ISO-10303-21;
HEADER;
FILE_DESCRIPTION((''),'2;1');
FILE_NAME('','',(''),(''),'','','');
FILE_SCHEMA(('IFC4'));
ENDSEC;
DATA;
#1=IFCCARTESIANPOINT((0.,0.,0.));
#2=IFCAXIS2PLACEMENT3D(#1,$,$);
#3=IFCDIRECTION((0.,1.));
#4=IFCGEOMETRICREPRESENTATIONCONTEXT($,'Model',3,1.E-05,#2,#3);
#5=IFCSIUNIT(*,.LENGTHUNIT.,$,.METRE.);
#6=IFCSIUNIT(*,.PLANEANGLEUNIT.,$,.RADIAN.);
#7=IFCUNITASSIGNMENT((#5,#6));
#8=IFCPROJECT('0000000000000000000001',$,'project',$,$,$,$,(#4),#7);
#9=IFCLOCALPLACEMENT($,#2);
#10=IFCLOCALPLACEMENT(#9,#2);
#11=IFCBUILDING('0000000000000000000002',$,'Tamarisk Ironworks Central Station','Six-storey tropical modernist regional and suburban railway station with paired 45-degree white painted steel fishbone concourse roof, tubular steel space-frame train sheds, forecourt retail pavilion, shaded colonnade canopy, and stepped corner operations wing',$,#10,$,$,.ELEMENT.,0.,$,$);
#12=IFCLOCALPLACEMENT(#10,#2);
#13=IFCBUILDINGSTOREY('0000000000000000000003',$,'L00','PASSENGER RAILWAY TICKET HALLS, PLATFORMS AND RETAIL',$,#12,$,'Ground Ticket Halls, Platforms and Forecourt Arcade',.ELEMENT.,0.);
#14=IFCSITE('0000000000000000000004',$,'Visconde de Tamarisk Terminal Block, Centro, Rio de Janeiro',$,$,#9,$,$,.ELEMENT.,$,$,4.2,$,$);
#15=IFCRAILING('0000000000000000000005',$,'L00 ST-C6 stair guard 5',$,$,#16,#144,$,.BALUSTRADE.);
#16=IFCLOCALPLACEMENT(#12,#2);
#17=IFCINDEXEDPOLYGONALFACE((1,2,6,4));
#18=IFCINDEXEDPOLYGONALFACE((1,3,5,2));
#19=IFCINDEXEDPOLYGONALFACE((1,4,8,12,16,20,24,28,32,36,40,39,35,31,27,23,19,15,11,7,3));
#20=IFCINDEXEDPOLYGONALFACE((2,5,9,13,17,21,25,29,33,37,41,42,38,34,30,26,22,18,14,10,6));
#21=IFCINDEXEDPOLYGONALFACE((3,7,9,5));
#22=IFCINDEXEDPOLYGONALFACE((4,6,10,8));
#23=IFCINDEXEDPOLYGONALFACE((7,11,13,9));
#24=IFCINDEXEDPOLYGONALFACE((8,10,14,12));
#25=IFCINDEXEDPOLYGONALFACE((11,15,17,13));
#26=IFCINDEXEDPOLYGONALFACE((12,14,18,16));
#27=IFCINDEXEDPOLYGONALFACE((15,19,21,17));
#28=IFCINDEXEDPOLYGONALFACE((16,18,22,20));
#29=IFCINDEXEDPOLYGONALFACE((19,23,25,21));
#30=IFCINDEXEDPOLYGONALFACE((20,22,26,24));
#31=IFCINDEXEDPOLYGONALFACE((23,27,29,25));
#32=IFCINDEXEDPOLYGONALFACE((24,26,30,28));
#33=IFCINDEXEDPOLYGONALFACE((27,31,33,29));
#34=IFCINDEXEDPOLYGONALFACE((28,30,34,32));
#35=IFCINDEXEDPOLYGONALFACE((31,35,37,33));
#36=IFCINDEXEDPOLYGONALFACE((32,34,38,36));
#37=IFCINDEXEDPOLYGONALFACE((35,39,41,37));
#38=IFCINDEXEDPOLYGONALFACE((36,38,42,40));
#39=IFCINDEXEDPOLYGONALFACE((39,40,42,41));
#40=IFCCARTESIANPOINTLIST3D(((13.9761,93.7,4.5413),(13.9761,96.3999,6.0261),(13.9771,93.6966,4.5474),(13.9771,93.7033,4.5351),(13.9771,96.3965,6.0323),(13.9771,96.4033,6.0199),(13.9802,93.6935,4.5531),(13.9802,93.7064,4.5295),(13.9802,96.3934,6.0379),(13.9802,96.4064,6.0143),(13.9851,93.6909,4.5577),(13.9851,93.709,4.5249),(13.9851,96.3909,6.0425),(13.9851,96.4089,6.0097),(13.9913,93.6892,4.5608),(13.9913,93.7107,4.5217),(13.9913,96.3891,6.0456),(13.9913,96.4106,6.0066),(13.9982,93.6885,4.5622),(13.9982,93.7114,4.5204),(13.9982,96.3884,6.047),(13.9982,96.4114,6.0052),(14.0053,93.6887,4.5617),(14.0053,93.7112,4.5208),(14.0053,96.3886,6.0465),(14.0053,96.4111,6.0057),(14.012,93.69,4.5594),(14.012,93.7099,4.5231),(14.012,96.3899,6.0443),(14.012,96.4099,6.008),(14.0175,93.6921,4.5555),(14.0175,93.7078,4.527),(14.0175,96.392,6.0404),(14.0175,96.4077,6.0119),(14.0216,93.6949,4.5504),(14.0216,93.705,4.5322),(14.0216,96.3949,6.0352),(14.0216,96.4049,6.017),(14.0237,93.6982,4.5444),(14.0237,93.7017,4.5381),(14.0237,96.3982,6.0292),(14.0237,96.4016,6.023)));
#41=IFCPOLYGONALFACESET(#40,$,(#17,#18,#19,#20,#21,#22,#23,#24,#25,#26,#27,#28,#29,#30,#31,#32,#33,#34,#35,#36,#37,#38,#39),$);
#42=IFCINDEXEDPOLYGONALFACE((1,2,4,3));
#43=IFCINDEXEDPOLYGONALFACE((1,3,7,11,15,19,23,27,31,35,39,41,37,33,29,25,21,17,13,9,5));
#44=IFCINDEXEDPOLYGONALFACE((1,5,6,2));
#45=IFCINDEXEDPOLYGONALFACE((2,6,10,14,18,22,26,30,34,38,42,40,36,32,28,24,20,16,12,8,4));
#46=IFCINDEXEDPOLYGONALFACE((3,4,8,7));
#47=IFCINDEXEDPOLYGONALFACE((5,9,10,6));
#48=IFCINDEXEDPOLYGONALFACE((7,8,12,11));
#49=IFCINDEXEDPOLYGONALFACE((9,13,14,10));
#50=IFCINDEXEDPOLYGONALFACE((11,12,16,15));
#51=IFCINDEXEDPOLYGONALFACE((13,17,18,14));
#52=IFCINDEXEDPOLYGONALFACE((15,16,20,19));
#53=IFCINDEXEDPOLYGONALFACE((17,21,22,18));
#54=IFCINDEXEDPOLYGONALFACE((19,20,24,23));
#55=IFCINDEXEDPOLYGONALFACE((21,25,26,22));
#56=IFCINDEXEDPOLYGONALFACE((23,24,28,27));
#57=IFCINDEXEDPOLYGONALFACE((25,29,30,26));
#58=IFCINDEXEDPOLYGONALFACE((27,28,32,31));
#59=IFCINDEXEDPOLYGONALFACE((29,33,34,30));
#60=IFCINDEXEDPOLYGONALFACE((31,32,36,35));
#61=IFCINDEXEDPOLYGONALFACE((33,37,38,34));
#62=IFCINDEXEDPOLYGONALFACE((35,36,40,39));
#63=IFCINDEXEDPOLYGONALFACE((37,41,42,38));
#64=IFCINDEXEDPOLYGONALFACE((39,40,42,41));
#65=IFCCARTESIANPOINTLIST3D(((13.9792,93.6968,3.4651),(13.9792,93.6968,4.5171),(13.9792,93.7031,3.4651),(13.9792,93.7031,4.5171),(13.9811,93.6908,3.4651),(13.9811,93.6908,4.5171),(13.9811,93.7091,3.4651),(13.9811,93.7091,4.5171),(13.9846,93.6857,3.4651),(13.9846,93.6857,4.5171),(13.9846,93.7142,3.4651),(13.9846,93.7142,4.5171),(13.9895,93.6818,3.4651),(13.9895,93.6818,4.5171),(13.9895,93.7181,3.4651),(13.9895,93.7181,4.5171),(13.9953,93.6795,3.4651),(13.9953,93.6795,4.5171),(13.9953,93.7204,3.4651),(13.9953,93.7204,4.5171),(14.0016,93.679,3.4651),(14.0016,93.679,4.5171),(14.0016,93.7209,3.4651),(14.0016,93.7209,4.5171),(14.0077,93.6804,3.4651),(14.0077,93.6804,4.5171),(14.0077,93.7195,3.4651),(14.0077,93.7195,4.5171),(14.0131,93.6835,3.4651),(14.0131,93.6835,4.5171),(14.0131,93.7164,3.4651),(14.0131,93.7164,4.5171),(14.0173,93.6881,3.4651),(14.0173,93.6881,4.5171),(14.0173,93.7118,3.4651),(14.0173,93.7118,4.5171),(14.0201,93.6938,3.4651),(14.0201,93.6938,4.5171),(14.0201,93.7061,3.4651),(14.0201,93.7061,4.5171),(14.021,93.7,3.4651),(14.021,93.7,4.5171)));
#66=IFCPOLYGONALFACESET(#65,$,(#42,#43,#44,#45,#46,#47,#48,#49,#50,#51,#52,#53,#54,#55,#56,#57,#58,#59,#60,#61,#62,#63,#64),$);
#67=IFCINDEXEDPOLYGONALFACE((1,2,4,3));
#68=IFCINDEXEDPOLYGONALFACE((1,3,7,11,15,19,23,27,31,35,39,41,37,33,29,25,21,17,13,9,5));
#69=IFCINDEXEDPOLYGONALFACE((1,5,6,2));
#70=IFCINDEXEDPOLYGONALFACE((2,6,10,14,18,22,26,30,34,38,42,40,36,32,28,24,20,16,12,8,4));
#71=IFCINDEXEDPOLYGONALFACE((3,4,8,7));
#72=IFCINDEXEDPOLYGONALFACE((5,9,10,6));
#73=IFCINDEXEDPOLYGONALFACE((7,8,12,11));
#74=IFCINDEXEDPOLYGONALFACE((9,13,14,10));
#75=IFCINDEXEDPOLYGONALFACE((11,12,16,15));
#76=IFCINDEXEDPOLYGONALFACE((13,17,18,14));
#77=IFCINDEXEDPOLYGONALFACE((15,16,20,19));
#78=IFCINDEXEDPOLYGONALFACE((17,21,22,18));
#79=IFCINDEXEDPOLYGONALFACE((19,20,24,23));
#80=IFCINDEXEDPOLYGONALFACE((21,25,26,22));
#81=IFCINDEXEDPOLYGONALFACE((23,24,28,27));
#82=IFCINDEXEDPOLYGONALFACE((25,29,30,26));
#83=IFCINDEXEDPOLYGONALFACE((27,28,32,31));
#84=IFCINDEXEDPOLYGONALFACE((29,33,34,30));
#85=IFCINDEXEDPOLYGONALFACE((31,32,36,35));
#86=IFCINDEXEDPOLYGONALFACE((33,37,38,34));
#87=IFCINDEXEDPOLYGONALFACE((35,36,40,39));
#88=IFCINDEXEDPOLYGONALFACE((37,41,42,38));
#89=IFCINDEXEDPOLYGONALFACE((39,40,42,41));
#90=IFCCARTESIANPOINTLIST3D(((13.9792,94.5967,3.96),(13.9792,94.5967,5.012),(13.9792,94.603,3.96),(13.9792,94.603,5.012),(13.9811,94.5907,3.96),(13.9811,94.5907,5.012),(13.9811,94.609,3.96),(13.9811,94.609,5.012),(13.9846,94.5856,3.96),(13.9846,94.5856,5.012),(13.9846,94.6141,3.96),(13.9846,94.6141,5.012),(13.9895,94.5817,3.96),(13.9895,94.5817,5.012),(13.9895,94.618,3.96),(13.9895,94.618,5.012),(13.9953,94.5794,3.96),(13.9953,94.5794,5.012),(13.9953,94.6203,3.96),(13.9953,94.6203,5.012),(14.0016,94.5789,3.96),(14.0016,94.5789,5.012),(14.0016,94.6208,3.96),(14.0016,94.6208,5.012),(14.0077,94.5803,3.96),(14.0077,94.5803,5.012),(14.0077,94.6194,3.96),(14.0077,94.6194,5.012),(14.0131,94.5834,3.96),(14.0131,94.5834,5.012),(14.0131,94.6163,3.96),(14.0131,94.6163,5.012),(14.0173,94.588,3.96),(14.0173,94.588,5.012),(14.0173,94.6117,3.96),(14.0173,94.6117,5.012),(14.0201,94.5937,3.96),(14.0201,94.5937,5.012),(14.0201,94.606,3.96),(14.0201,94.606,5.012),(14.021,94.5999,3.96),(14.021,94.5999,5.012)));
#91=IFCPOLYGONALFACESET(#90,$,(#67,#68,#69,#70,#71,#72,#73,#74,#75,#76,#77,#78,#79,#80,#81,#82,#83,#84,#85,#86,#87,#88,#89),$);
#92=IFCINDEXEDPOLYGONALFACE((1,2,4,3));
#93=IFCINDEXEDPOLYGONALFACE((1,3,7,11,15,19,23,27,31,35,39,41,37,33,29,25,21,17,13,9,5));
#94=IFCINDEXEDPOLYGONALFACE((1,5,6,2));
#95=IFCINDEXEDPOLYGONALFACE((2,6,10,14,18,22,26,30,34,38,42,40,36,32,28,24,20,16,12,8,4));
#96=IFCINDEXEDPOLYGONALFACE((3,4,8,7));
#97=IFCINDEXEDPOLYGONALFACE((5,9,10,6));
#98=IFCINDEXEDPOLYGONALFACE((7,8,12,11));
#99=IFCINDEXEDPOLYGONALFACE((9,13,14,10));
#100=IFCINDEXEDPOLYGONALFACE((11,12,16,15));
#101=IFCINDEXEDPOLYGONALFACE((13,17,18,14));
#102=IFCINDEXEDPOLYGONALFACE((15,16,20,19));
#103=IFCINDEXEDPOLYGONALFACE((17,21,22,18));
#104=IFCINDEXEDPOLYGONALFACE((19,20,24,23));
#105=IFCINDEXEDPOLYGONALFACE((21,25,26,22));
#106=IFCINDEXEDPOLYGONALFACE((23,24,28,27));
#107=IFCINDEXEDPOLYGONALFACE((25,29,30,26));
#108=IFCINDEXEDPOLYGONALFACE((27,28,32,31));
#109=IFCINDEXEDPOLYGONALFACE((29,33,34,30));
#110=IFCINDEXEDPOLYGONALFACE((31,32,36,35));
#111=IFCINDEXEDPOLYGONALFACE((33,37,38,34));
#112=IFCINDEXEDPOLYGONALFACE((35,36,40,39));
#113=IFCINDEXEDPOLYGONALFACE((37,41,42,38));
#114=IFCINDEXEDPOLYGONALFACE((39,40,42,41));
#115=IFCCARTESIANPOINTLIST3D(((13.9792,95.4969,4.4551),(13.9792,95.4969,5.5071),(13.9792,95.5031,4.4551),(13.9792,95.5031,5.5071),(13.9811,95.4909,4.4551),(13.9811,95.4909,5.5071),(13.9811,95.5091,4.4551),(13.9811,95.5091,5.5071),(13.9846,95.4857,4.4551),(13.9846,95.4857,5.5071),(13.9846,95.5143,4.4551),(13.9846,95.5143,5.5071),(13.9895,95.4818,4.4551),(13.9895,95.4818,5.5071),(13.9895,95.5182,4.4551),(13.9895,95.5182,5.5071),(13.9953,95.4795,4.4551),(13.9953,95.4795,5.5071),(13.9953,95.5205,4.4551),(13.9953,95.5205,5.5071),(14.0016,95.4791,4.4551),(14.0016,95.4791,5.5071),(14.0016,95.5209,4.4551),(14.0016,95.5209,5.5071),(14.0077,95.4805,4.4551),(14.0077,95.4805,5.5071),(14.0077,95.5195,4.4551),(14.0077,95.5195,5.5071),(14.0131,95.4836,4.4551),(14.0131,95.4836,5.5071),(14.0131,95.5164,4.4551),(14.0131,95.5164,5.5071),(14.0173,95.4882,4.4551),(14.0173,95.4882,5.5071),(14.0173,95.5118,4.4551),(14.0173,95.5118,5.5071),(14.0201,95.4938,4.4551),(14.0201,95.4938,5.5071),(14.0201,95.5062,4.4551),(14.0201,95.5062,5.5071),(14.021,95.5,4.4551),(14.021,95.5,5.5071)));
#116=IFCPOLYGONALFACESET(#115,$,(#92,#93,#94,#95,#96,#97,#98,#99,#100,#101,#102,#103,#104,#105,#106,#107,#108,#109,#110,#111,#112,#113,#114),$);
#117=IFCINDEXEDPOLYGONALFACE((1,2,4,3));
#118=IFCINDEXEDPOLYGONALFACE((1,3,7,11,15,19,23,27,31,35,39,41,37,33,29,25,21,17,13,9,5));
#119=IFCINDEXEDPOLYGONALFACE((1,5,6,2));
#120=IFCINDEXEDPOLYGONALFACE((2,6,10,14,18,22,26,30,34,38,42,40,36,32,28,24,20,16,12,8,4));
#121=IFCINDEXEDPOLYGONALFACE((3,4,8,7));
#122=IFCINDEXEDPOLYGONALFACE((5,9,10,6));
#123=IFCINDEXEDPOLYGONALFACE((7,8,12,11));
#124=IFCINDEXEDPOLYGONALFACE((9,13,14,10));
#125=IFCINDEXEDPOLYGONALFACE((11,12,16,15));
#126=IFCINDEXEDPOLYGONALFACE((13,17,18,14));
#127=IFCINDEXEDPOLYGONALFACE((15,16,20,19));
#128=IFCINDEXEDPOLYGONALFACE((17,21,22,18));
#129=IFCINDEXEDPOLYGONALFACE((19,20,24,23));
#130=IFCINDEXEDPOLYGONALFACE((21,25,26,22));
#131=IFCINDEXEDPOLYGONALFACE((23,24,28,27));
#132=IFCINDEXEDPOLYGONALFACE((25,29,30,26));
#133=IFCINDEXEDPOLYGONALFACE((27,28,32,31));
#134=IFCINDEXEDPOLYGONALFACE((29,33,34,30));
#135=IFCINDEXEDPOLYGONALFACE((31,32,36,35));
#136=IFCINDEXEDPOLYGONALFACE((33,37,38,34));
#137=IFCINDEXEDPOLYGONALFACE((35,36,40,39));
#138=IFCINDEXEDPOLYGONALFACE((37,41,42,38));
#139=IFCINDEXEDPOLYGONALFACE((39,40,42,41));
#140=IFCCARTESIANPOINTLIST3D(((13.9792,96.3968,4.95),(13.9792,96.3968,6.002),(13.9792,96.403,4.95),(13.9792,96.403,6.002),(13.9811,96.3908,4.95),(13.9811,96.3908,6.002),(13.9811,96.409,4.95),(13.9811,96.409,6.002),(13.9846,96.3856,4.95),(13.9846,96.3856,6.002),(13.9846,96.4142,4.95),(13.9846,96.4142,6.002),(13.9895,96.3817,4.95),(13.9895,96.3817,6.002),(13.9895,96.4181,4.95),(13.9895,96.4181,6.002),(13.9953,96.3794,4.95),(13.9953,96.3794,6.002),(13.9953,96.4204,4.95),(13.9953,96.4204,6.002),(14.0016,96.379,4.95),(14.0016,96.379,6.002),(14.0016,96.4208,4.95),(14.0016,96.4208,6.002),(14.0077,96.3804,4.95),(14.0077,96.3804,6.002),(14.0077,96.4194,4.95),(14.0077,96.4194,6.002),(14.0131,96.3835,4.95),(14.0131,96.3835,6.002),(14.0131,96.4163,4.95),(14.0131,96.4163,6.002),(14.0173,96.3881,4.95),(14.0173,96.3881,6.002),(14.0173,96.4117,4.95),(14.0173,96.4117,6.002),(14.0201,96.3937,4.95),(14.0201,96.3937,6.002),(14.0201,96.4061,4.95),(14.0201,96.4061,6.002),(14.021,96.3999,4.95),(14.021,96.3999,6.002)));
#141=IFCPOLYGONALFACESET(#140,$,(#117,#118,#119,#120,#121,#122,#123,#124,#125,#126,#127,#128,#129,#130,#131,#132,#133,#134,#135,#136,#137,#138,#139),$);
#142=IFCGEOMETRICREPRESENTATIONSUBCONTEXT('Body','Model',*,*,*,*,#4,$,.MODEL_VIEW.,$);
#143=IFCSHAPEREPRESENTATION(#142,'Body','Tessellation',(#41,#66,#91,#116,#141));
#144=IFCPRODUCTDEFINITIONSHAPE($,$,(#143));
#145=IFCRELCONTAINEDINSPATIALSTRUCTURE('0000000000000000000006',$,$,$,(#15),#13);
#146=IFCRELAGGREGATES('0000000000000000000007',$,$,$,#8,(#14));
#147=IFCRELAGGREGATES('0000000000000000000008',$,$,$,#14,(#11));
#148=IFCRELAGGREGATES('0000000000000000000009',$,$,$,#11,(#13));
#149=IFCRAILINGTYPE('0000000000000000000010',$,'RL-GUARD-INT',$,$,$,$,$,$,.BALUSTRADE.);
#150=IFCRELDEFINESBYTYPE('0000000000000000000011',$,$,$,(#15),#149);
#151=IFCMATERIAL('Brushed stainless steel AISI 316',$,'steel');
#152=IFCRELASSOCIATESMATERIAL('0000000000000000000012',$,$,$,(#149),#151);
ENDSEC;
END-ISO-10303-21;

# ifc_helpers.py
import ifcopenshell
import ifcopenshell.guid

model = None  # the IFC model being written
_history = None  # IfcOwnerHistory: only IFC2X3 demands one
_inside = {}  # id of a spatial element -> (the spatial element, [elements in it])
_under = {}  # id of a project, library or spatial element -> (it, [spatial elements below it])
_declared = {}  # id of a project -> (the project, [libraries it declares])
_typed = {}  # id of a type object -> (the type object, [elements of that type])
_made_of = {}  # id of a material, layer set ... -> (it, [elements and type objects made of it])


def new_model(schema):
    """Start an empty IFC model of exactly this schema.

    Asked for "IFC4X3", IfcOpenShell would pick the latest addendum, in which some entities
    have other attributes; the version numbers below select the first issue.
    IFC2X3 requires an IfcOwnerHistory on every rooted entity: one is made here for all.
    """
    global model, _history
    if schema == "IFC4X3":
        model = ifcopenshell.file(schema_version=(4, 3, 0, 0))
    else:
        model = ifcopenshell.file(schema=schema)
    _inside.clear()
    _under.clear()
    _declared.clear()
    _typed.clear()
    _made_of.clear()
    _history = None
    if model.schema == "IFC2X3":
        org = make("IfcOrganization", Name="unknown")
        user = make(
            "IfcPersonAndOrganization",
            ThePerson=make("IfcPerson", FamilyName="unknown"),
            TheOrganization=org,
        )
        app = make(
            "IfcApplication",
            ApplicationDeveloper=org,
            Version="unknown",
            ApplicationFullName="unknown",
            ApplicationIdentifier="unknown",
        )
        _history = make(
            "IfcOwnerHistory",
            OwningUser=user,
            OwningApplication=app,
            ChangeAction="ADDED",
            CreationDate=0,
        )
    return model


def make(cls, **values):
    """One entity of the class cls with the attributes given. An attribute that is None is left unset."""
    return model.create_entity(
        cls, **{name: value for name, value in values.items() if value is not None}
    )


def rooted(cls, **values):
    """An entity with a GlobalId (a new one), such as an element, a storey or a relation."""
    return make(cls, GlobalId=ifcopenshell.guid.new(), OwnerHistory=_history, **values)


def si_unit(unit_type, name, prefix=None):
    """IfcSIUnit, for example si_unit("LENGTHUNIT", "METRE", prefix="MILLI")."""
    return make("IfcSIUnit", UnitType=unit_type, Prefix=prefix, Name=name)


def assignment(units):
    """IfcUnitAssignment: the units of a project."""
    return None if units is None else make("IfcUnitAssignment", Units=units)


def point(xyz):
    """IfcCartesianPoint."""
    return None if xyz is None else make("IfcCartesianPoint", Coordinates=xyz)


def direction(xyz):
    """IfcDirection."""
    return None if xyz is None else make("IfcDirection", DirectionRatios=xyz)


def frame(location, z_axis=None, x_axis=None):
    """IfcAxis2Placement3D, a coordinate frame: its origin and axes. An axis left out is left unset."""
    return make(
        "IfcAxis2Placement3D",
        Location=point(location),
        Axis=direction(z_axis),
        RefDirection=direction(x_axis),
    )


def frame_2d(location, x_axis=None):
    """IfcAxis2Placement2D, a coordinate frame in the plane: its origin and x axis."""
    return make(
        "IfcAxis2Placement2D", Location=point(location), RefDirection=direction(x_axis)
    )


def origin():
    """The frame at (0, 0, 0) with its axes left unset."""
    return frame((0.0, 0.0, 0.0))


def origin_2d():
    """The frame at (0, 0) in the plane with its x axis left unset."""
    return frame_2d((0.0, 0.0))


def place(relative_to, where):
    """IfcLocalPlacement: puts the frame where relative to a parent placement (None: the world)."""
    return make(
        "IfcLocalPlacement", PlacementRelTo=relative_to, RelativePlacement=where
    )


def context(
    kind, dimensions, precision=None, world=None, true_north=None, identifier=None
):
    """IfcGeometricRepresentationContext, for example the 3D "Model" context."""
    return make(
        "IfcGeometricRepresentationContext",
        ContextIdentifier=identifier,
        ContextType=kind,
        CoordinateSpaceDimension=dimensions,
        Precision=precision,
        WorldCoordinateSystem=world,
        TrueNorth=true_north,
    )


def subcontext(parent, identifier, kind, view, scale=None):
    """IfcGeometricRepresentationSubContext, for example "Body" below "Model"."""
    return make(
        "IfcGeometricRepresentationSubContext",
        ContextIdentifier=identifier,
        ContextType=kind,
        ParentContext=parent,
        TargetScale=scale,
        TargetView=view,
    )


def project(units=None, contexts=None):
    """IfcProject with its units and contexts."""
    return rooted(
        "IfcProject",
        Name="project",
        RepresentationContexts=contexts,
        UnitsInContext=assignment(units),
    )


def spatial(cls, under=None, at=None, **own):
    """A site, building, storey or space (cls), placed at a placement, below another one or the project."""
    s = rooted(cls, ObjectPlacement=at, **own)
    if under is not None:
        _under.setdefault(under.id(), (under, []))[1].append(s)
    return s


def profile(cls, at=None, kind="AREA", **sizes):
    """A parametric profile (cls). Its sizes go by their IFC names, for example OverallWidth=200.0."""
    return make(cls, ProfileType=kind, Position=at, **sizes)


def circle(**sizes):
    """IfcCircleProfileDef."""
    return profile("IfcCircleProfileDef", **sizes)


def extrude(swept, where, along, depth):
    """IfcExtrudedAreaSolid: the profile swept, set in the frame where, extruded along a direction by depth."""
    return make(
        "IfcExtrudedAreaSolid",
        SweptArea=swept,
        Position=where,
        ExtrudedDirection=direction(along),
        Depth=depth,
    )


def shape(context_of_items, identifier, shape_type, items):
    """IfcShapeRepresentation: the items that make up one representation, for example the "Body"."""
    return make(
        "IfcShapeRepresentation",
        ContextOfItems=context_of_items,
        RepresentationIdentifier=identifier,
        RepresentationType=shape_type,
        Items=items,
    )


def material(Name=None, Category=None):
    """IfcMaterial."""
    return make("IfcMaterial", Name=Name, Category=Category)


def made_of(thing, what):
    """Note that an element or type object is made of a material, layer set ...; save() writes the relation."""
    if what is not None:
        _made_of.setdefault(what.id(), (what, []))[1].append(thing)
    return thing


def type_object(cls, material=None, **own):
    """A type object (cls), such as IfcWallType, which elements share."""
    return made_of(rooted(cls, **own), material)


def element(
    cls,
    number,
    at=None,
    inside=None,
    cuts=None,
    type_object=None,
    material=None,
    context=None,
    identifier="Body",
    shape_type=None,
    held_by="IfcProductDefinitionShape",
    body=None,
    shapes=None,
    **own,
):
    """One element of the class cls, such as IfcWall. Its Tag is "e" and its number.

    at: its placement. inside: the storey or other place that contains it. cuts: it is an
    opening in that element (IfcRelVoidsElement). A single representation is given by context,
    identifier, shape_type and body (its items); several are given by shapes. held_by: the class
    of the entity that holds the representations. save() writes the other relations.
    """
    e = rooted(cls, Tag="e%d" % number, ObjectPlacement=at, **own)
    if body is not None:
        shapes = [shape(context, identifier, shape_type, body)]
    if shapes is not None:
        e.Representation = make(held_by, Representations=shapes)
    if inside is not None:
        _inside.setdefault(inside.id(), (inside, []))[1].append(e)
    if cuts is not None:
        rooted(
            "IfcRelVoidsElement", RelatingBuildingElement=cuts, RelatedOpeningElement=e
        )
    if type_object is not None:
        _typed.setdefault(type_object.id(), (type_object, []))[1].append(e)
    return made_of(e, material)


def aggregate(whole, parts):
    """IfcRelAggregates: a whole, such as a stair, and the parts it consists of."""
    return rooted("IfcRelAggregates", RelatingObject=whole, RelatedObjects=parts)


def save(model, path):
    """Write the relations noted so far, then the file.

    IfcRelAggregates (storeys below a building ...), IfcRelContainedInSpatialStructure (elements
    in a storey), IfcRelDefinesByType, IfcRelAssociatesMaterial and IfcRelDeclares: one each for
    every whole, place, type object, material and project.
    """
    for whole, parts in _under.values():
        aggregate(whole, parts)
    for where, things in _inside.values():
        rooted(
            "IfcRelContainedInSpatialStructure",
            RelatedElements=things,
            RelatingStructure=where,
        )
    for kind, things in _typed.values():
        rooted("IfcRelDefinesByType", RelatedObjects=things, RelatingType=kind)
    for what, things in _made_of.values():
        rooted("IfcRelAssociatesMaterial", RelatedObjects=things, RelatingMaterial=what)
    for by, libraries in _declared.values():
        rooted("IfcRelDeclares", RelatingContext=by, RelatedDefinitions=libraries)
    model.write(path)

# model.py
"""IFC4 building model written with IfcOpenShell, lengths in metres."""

from ifc_helpers import new_model, si_unit, direction, frame, origin, origin_2d, place, context, subcontext, project, spatial, circle, extrude, material, type_object, element, save


model = new_model("IFC4")

# Units and contexts
model_context = context("Model", 3, precision=1e-05, world=origin(), true_north=direction((0.0, 1.0)))
body_context = subcontext(model_context, "Body", "Model", "MODEL_VIEW")
ifc_project = project(units=[si_unit("LENGTHUNIT", "METRE"), si_unit("PLANEANGLEUNIT", "RADIAN")], contexts=[model_context])

# Site, building, storey
site_placement = place(None, origin())
site = spatial("IfcSite", under=ifc_project, at=site_placement, Name="Visconde de Tamarisk Terminal Block, Centro, Rio de Janeiro", CompositionType="ELEMENT", RefElevation=4.2)
building_placement = place(site_placement, origin())
building = spatial("IfcBuilding", under=site, at=building_placement, Name="Tamarisk Ironworks Central Station", Description="Six-storey tropical modernist regional and suburban railway station with paired 45-degree white painted steel fishbone concourse roof, tubular steel space-frame train sheds, forecourt retail pavilion, shaded colonnade canopy, and stepped corner operations wing", CompositionType="ELEMENT", ElevationOfRefHeight=0.0)
storey_placement = place(building_placement, origin())
storey = spatial("IfcBuildingStorey", under=building, at=storey_placement, Name="L00", Description="PASSENGER RAILWAY TICKET HALLS, PLATFORMS AND RETAIL", LongName="Ground Ticket Halls, Platforms and Forecourt Arcade", CompositionType="ELEMENT", Elevation=0.0)

# Railing
ifc_material_1 = material(Name="Brushed stainless steel AISI 316", Category="steel")
railing_type_1 = type_object("IfcRailingType", Name="RL-GUARD-INT", PredefinedType="BALUSTRADE", material=ifc_material_1)
railing_1_placement = place(storey_placement, frame((14.0, 93.7, 3.4651)))
element("IfcRailing", 1, at=railing_1_placement, inside=storey, type_object=railing_type_1, Name="L00 ST-C6 stair guard 5", PredefinedType="BALUSTRADE", context=body_context, shape_type="SweptSolid", body=[
    extrude(circle(Radius=0.0239, at=origin_2d()), frame((0.0, 0.0, 1.0762), z_axis=(0.0, 0.876231, 0.481891), x_axis=(-1.0, 0.0, 0.0)), (0.0, 0.0, 1.0), 3.0813),
    extrude(circle(Radius=0.021, at=origin_2d()), origin(), (0.0, 0.0, 1.0), 1.052),
    extrude(circle(Radius=0.021, at=origin_2d()), frame((0.0, 0.8999, 0.4949)), (0.0, 0.0, 1.0), 1.052),
    extrude(circle(Radius=0.021, at=origin_2d()), frame((0.0, 1.8, 0.99)), (0.0, 0.0, 1.0), 1.052),
    extrude(circle(Radius=0.021, at=origin_2d()), frame((0.0, 2.7, 1.4849)), (0.0, 0.0, 1.0), 1.052),
])

save(model, "model.ifc")
